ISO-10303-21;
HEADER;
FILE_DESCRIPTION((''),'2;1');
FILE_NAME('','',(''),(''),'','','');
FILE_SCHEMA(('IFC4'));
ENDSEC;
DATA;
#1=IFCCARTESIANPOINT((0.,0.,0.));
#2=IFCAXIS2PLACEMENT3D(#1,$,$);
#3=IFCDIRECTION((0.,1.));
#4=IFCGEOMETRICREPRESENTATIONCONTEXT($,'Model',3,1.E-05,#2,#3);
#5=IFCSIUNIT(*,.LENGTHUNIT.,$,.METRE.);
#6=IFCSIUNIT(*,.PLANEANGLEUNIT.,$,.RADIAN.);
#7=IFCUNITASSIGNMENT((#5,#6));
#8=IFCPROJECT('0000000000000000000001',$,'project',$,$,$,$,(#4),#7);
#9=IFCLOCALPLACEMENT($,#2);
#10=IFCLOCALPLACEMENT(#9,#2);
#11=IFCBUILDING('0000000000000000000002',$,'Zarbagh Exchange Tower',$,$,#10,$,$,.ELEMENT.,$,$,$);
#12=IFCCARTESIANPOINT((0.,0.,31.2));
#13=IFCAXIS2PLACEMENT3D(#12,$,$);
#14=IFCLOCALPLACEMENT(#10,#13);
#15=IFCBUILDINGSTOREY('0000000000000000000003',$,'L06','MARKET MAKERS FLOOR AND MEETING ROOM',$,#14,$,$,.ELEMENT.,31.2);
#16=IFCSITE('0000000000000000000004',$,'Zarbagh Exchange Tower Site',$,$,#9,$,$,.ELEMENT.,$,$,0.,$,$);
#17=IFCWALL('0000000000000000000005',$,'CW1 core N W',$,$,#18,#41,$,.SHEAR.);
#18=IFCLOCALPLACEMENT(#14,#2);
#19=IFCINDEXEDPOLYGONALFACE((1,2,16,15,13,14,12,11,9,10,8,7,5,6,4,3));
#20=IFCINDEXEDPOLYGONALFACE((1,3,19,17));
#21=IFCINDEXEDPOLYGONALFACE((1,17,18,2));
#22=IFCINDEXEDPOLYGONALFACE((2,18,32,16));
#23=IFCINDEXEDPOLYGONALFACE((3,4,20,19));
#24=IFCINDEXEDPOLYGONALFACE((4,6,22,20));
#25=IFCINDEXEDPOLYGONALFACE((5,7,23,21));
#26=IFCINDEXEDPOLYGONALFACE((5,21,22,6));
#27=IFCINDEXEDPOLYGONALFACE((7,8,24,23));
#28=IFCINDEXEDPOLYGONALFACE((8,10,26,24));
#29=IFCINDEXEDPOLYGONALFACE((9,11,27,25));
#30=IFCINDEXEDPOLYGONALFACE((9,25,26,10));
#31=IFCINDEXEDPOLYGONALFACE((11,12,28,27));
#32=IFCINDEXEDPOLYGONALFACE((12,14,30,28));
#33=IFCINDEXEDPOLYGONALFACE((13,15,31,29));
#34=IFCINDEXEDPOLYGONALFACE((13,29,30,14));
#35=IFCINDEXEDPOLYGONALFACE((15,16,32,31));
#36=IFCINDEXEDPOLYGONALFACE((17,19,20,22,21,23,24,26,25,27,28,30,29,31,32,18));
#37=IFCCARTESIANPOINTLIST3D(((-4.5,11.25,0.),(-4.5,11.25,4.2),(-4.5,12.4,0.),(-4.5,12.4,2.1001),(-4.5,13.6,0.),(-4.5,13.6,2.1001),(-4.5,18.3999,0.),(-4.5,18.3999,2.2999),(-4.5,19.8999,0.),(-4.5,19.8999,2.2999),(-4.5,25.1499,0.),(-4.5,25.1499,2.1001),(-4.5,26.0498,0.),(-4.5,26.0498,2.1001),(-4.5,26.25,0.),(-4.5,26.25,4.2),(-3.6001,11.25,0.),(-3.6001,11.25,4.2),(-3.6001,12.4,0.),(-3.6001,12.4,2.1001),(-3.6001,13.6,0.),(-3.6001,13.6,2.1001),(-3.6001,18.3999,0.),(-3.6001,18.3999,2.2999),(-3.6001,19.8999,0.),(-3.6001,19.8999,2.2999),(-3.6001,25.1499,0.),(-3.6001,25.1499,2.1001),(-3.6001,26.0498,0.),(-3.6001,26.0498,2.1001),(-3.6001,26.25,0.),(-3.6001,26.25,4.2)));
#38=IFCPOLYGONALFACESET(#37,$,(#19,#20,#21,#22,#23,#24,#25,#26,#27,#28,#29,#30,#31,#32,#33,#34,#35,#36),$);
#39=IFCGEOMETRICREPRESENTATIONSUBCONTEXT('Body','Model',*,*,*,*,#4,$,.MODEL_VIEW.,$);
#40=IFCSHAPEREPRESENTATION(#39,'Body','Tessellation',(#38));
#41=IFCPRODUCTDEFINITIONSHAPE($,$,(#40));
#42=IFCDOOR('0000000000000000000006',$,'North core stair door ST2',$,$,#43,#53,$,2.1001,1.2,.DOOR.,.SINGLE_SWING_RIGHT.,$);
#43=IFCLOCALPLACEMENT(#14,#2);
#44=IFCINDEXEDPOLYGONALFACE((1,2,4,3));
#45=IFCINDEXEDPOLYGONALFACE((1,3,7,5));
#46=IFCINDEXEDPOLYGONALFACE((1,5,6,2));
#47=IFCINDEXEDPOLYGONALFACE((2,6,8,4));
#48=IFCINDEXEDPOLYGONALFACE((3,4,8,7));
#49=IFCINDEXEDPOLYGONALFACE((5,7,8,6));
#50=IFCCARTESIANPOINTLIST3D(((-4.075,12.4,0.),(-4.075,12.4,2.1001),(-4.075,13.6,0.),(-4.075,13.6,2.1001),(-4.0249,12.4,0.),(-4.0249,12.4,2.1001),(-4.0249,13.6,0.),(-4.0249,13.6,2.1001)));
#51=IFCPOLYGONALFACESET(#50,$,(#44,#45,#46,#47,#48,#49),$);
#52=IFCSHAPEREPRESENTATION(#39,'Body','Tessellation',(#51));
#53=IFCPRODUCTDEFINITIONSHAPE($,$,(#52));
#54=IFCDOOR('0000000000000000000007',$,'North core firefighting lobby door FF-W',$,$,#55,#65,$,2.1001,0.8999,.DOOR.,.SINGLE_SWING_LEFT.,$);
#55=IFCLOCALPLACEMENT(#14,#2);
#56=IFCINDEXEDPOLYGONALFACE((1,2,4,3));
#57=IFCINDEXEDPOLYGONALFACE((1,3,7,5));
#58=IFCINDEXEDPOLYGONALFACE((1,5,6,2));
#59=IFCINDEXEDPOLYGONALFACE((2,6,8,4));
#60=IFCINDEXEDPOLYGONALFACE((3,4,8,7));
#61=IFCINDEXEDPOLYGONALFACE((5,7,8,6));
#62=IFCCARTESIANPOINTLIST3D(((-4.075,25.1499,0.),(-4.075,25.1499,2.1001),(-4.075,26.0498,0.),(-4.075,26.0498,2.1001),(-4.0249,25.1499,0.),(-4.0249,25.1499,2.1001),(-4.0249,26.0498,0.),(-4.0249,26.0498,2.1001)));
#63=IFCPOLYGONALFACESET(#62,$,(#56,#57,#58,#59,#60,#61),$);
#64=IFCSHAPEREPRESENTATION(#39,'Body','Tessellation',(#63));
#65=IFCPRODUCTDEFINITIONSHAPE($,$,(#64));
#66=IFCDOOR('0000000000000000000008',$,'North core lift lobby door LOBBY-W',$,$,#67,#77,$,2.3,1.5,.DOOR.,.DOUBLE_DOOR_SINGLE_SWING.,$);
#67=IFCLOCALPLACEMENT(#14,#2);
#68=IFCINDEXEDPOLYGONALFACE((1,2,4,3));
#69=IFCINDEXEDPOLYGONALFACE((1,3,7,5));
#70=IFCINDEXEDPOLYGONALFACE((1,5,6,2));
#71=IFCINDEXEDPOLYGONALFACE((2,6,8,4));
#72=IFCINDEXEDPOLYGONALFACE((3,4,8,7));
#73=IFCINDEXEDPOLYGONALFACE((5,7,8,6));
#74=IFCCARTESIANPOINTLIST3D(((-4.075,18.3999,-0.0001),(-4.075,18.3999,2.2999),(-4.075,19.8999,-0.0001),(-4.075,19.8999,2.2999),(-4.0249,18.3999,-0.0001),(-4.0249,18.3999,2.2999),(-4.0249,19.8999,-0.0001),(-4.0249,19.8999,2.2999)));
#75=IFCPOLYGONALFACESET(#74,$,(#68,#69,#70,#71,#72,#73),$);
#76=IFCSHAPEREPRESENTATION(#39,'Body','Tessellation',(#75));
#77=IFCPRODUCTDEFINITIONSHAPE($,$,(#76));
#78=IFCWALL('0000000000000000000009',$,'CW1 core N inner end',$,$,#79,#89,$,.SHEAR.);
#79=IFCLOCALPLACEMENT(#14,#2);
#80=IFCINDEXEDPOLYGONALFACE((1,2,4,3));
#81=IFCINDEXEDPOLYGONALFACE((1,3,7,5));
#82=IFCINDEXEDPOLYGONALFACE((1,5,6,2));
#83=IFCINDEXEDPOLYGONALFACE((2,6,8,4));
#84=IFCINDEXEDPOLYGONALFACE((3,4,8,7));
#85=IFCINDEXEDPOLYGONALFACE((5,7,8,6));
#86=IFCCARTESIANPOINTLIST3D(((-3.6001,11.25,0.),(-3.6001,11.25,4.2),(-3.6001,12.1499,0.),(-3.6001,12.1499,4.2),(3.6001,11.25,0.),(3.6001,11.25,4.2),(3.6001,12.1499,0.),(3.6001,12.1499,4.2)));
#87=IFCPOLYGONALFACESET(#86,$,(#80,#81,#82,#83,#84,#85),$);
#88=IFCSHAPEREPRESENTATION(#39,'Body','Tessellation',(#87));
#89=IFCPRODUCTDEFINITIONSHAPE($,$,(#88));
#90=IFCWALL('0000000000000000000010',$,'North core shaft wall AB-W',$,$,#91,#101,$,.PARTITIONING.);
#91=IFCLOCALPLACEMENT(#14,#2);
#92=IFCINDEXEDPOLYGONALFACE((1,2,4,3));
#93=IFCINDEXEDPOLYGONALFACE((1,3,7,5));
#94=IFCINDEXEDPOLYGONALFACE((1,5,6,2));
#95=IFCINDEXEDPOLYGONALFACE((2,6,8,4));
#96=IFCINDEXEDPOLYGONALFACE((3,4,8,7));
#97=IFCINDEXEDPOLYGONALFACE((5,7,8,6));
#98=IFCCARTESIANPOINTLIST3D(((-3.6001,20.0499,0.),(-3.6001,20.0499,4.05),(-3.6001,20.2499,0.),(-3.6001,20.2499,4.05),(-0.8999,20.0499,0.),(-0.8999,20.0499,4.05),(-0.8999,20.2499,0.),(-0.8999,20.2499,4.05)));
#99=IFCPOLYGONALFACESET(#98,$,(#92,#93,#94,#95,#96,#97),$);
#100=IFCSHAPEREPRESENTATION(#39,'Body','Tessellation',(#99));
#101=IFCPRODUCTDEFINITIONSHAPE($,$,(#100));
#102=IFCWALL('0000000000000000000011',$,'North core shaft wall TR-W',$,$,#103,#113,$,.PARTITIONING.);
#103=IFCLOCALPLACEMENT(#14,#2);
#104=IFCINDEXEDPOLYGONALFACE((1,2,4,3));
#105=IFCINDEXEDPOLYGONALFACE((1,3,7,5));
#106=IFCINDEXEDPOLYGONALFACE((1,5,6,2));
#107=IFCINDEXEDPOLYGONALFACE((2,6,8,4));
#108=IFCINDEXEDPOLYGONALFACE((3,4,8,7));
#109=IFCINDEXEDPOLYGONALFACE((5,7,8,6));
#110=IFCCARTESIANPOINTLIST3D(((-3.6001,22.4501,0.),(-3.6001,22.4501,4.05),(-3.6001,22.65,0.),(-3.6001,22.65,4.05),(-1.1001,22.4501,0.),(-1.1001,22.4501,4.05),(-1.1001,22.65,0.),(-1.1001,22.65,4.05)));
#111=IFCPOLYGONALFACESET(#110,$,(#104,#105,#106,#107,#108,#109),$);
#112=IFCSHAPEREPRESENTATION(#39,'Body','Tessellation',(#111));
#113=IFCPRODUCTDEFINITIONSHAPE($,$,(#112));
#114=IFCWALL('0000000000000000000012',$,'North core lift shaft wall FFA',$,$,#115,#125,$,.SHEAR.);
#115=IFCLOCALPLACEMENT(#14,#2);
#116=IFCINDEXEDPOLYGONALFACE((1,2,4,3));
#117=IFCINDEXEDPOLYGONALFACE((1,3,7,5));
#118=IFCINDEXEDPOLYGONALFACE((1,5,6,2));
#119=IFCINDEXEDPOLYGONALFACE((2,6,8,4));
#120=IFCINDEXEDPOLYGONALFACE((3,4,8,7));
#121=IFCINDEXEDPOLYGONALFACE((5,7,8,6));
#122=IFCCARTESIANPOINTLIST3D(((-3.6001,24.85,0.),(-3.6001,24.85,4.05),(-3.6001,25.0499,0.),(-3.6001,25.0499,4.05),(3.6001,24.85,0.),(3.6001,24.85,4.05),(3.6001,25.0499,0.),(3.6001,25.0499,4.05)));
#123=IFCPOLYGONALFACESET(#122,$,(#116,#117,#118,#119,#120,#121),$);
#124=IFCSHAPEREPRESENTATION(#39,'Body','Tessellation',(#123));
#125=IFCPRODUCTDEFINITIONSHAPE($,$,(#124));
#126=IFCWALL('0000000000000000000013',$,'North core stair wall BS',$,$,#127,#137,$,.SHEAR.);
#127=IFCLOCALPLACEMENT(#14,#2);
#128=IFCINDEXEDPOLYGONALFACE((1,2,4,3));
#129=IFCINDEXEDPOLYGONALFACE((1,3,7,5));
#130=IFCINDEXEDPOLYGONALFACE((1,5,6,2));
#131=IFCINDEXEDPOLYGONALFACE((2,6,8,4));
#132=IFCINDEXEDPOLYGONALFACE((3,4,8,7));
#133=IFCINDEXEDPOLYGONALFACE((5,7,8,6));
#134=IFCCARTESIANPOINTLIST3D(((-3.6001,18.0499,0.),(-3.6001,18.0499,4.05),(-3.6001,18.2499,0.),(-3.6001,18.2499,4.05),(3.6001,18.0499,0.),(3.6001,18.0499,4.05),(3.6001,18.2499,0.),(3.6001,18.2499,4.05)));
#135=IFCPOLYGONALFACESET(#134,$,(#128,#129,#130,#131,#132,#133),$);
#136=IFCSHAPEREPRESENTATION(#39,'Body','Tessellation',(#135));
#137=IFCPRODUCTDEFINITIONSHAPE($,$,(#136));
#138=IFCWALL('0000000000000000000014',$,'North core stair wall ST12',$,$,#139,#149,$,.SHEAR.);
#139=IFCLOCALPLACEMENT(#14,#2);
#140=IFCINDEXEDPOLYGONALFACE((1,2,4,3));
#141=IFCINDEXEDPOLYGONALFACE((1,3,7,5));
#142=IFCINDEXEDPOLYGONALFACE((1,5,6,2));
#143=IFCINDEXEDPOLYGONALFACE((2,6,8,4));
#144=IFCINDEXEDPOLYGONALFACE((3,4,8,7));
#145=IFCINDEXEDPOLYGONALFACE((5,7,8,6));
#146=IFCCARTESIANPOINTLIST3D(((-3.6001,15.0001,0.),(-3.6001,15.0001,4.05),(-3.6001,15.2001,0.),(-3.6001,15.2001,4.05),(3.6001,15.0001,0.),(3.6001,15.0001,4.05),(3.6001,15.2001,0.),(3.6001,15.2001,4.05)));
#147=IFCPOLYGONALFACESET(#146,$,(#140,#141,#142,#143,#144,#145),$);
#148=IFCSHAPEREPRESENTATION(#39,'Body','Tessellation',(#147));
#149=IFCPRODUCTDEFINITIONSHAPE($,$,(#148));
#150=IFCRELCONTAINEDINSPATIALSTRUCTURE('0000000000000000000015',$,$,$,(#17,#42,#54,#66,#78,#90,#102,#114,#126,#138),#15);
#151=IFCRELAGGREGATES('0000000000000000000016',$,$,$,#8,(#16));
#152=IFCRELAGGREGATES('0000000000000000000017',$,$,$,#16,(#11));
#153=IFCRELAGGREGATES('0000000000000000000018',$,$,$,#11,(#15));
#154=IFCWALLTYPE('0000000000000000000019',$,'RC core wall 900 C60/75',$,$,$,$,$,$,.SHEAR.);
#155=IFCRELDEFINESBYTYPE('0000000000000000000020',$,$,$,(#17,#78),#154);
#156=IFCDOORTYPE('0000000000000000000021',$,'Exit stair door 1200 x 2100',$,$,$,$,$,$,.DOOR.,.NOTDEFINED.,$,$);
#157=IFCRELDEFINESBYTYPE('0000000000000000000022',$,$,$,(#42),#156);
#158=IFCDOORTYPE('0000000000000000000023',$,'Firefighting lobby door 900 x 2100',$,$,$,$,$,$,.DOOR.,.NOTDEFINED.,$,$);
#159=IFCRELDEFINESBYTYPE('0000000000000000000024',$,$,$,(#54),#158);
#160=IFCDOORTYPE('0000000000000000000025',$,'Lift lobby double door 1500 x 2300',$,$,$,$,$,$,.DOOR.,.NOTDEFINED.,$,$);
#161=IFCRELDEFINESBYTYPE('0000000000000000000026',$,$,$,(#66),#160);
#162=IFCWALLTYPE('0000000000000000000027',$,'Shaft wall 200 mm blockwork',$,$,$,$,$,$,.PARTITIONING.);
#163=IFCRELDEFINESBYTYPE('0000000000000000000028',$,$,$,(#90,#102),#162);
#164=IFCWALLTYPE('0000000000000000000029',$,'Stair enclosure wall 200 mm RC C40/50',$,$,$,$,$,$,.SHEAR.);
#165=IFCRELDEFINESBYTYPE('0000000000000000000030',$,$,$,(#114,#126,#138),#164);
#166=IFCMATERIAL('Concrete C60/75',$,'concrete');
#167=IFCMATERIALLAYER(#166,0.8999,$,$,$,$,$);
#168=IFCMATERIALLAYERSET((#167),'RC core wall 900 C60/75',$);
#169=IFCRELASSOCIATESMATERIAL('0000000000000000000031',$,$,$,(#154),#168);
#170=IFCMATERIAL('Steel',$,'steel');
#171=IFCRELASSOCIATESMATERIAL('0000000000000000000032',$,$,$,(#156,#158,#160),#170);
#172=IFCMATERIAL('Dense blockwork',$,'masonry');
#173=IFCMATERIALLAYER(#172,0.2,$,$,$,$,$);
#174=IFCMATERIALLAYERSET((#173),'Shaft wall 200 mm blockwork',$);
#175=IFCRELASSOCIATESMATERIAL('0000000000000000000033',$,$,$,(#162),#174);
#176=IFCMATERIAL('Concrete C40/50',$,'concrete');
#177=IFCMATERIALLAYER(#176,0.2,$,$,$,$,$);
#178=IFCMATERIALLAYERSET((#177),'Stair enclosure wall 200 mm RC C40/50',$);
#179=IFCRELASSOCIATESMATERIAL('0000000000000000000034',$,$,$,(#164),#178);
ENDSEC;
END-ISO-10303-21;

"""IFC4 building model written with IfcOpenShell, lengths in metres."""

from ifc_helpers import new_model, si_unit, direction, frame, frame_2d, origin, place, context, subcontext, project, spatial, rectangle, extrude, material, layer, layer_set, type_object, element, fill, save


model = new_model("IFC4")

# Units and contexts
model_context = context("Model", 3, precision=1e-05, world=origin(), true_north=direction((0.0, 1.0)))
body_context = subcontext(model_context, "Body", "Model", "MODEL_VIEW")
ifc_project = project(units=[si_unit("LENGTHUNIT", "METRE"), si_unit("PLANEANGLEUNIT", "RADIAN")], contexts=[model_context])

# Site, building, storey
site_placement = place(None, origin())
site = spatial("IfcSite", under=ifc_project, at=site_placement, Name="Zarbagh Exchange Tower Site", CompositionType="ELEMENT", RefElevation=0.0)
building_placement = place(site_placement, origin())
building = spatial("IfcBuilding", under=site, at=building_placement, Name="Zarbagh Exchange Tower", CompositionType="ELEMENT")
storey_placement = place(building_placement, frame((0.0, 0.0, 31.2)))
storey = spatial("IfcBuildingStorey", under=building, at=storey_placement, Name="L06", Description="MARKET MAKERS FLOOR AND MEETING ROOM", CompositionType="ELEMENT", Elevation=31.2)

# Shared definitions
ifc_material_1 = material(Name="Concrete C60/75", Category="concrete")

# Wall, openings, doors
ifc_layer_1 = layer(ifc_material_1, 0.8999)
ifc_layer_set_1 = layer_set([ifc_layer_1], Name="RC core wall 900 C60/75")
wall_type_1 = type_object("IfcWallType", Name="RC core wall 900 C60/75", PredefinedType="SHEAR", material=ifc_layer_set_1)
wall_1_placement = place(storey_placement, frame((-4.05, 11.25, 0.0), z_axis=(0.0, 0.0, 1.0), x_axis=(0.0, 1.0, 0.0)))
wall_1 = element("IfcWall", 1, at=wall_1_placement, inside=storey, type_object=wall_type_1, Name="CW1 core N W", PredefinedType="SHEAR", context=body_context, shape_type="SweptSolid", body=[
    extrude(rectangle(XDim=15.0, YDim=0.8999, at=frame_2d((7.5, 0.0))), origin(), (0.0, 0.0, 1.0), 4.2),
])
opening_1_placement = place(wall_1_placement, frame((7.1499, 0.0, 0.0)))
opening_1 = element("IfcOpeningElement", 2, at=opening_1_placement, cuts=wall_1, PredefinedType="OPENING", context=body_context, shape_type="SweptSolid", body=[
    extrude(rectangle(XDim=1.5, YDim=2.3, at=frame_2d((0.75, 1.1499))), frame((0.0, 0.46, 0.0), z_axis=(0.0, -1.0, 0.0), x_axis=(1.0, 0.0, 0.0)), (0.0, 0.0, 1.0), 0.9199),
])
opening_2_placement = place(wall_1_placement, frame((13.8999, 0.0, 0.0)))
opening_2 = element("IfcOpeningElement", 3, at=opening_2_placement, cuts=wall_1, PredefinedType="OPENING", context=body_context, shape_type="SweptSolid", body=[
    extrude(rectangle(XDim=0.8999, YDim=2.1001, at=frame_2d((0.45, 1.05))), frame((0.0, 0.46, 0.0), z_axis=(0.0, -1.0, 0.0), x_axis=(1.0, 0.0, 0.0)), (0.0, 0.0, 1.0), 0.9199),
])
opening_3_placement = place(wall_1_placement, frame((1.1499, 0.0, 0.0)))
opening_3 = element("IfcOpeningElement", 4, at=opening_3_placement, cuts=wall_1, PredefinedType="OPENING", context=body_context, shape_type="SweptSolid", body=[
    extrude(rectangle(XDim=1.2, YDim=2.1001, at=frame_2d((0.6001, 1.05))), frame((0.0, 0.46, 0.0), z_axis=(0.0, -1.0, 0.0), x_axis=(1.0, 0.0, 0.0)), (0.0, 0.0, 1.0), 0.9199),
])
ifc_material_2 = material(Name="Steel", Category="steel")
door_type_1 = type_object("IfcDoorType", Name="Exit stair door 1200 x 2100", OperationType="NOTDEFINED", PredefinedType="DOOR", material=ifc_material_2)
door_1_placement = place(opening_3_placement, origin())
door_1 = element("IfcDoor", 5, at=door_1_placement, inside=storey, type_object=door_type_1, Name="North core stair door ST2", OperationType="SINGLE_SWING_RIGHT", OverallHeight=2.1001, OverallWidth=1.2, PredefinedType="DOOR", context=body_context, shape_type="SweptSolid", body=[
    extrude(rectangle(XDim=1.2, YDim=2.1001, at=frame_2d((0.6001, 1.05))), frame((0.0, 0.0249, 0.0), z_axis=(0.0, -1.0, 0.0), x_axis=(1.0, 0.0, 0.0)), (0.0, 0.0, 1.0), 0.05),
])
fill(opening_3, door_1)
door_type_2 = type_object("IfcDoorType", Name="Firefighting lobby door 900 x 2100", OperationType="NOTDEFINED", PredefinedType="DOOR", material=ifc_material_2)
door_2_placement = place(opening_2_placement, origin())
door_2 = element("IfcDoor", 6, at=door_2_placement, inside=storey, type_object=door_type_2, Name="North core firefighting lobby door FF-W", OperationType="SINGLE_SWING_LEFT", OverallHeight=2.1001, OverallWidth=0.8999, PredefinedType="DOOR", context=body_context, shape_type="SweptSolid", body=[
    extrude(rectangle(XDim=0.8999, YDim=2.1001, at=frame_2d((0.45, 1.05))), frame((0.0, 0.0249, 0.0), z_axis=(0.0, -1.0, 0.0), x_axis=(1.0, 0.0, 0.0)), (0.0, 0.0, 1.0), 0.05),
])
fill(opening_2, door_2)
door_type_3 = type_object("IfcDoorType", Name="Lift lobby double door 1500 x 2300", OperationType="NOTDEFINED", PredefinedType="DOOR", material=ifc_material_2)
door_3_placement = place(opening_1_placement, origin())
door_3 = element("IfcDoor", 7, at=door_3_placement, inside=storey, type_object=door_type_3, Name="North core lift lobby door LOBBY-W", OperationType="DOUBLE_DOOR_SINGLE_SWING", OverallHeight=2.3, OverallWidth=1.5, PredefinedType="DOOR", context=body_context, shape_type="SweptSolid", body=[
    extrude(rectangle(XDim=1.5, YDim=2.3, at=frame_2d((0.75, 1.1499))), frame((0.0, 0.0249, 0.0), z_axis=(0.0, -1.0, 0.0), x_axis=(1.0, 0.0, 0.0)), (0.0, 0.0, 1.0), 0.05),
])
fill(opening_1, door_3)

# Walls
wall_2_placement = place(storey_placement, frame((-3.6001, 11.7, 0.0), z_axis=(0.0, 0.0, 1.0), x_axis=(1.0, 0.0, 0.0)))
element("IfcWall", 8, at=wall_2_placement, inside=storey, type_object=wall_type_1, Name="CW1 core N inner end", PredefinedType="SHEAR", context=body_context, shape_type="SweptSolid", body=[
    extrude(rectangle(XDim=7.2002, YDim=0.8999, at=frame_2d((3.6001, 0.0))), origin(), (0.0, 0.0, 1.0), 4.2),
])
ifc_material_3 = material(Name="Dense blockwork", Category="masonry")
ifc_layer_2 = layer(ifc_material_3, 0.2)
ifc_layer_set_2 = layer_set([ifc_layer_2], Name="Shaft wall 200 mm blockwork")
wall_type_2 = type_object("IfcWallType", Name="Shaft wall 200 mm blockwork", PredefinedType="PARTITIONING", material=ifc_layer_set_2)
wall_3_placement = place(storey_placement, frame((-3.6001, 20.1499, 0.0), z_axis=(0.0, 0.0, 1.0), x_axis=(1.0, 0.0, 0.0)))
element("IfcWall", 9, at=wall_3_placement, inside=storey, type_object=wall_type_2, Name="North core shaft wall AB-W", PredefinedType="PARTITIONING", context=body_context, shape_type="SweptSolid", body=[
    extrude(rectangle(XDim=2.7002, YDim=0.2, at=frame_2d((1.3501, 0.0))), origin(), (0.0, 0.0, 1.0), 4.05),
])
wall_4_placement = place(storey_placement, frame((-3.6001, 22.55, 0.0), z_axis=(0.0, 0.0, 1.0), x_axis=(1.0, 0.0, 0.0)))
element("IfcWall", 10, at=wall_4_placement, inside=storey, type_object=wall_type_2, Name="North core shaft wall TR-W", PredefinedType="PARTITIONING", context=body_context, shape_type="SweptSolid", body=[
    extrude(rectangle(XDim=2.5, YDim=0.2, at=frame_2d((1.25, 0.0))), origin(), (0.0, 0.0, 1.0), 4.05),
])
ifc_material_4 = material(Name="Concrete C40/50", Category="concrete")
ifc_layer_3 = layer(ifc_material_4, 0.2)
ifc_layer_set_3 = layer_set([ifc_layer_3], Name="Stair enclosure wall 200 mm RC C40/50")
wall_type_3 = type_object("IfcWallType", Name="Stair enclosure wall 200 mm RC C40/50", PredefinedType="SHEAR", material=ifc_layer_set_3)
for number, where, z_axis, x_axis, name in (
    (11, (-3.6001, 24.95, 0.0), (0.0, 0.0, 1.0), (1.0, 0.0, 0.0), "North core lift shaft wall FFA"),
    (12, (-3.6001, 18.1499, 0.0), (0.0, 0.0, 1.0), (1.0, 0.0, 0.0), "North core stair wall BS"),
    (13, (-3.6001, 15.1001, 0.0), (0.0, 0.0, 1.0), (1.0, 0.0, 0.0), "North core stair wall ST12"),
):
    element("IfcWall", number, at=place(storey_placement, frame(where, z_axis=z_axis, x_axis=x_axis)), inside=storey, type_object=wall_type_3, Name=name, PredefinedType="SHEAR", context=body_context, shape_type="SweptSolid", body=[
        extrude(rectangle(XDim=7.2002, YDim=0.2, at=frame_2d((3.6001, 0.0))), origin(), (0.0, 0.0, 1.0), 4.05),
    ])

save(model, "model.ifc")
